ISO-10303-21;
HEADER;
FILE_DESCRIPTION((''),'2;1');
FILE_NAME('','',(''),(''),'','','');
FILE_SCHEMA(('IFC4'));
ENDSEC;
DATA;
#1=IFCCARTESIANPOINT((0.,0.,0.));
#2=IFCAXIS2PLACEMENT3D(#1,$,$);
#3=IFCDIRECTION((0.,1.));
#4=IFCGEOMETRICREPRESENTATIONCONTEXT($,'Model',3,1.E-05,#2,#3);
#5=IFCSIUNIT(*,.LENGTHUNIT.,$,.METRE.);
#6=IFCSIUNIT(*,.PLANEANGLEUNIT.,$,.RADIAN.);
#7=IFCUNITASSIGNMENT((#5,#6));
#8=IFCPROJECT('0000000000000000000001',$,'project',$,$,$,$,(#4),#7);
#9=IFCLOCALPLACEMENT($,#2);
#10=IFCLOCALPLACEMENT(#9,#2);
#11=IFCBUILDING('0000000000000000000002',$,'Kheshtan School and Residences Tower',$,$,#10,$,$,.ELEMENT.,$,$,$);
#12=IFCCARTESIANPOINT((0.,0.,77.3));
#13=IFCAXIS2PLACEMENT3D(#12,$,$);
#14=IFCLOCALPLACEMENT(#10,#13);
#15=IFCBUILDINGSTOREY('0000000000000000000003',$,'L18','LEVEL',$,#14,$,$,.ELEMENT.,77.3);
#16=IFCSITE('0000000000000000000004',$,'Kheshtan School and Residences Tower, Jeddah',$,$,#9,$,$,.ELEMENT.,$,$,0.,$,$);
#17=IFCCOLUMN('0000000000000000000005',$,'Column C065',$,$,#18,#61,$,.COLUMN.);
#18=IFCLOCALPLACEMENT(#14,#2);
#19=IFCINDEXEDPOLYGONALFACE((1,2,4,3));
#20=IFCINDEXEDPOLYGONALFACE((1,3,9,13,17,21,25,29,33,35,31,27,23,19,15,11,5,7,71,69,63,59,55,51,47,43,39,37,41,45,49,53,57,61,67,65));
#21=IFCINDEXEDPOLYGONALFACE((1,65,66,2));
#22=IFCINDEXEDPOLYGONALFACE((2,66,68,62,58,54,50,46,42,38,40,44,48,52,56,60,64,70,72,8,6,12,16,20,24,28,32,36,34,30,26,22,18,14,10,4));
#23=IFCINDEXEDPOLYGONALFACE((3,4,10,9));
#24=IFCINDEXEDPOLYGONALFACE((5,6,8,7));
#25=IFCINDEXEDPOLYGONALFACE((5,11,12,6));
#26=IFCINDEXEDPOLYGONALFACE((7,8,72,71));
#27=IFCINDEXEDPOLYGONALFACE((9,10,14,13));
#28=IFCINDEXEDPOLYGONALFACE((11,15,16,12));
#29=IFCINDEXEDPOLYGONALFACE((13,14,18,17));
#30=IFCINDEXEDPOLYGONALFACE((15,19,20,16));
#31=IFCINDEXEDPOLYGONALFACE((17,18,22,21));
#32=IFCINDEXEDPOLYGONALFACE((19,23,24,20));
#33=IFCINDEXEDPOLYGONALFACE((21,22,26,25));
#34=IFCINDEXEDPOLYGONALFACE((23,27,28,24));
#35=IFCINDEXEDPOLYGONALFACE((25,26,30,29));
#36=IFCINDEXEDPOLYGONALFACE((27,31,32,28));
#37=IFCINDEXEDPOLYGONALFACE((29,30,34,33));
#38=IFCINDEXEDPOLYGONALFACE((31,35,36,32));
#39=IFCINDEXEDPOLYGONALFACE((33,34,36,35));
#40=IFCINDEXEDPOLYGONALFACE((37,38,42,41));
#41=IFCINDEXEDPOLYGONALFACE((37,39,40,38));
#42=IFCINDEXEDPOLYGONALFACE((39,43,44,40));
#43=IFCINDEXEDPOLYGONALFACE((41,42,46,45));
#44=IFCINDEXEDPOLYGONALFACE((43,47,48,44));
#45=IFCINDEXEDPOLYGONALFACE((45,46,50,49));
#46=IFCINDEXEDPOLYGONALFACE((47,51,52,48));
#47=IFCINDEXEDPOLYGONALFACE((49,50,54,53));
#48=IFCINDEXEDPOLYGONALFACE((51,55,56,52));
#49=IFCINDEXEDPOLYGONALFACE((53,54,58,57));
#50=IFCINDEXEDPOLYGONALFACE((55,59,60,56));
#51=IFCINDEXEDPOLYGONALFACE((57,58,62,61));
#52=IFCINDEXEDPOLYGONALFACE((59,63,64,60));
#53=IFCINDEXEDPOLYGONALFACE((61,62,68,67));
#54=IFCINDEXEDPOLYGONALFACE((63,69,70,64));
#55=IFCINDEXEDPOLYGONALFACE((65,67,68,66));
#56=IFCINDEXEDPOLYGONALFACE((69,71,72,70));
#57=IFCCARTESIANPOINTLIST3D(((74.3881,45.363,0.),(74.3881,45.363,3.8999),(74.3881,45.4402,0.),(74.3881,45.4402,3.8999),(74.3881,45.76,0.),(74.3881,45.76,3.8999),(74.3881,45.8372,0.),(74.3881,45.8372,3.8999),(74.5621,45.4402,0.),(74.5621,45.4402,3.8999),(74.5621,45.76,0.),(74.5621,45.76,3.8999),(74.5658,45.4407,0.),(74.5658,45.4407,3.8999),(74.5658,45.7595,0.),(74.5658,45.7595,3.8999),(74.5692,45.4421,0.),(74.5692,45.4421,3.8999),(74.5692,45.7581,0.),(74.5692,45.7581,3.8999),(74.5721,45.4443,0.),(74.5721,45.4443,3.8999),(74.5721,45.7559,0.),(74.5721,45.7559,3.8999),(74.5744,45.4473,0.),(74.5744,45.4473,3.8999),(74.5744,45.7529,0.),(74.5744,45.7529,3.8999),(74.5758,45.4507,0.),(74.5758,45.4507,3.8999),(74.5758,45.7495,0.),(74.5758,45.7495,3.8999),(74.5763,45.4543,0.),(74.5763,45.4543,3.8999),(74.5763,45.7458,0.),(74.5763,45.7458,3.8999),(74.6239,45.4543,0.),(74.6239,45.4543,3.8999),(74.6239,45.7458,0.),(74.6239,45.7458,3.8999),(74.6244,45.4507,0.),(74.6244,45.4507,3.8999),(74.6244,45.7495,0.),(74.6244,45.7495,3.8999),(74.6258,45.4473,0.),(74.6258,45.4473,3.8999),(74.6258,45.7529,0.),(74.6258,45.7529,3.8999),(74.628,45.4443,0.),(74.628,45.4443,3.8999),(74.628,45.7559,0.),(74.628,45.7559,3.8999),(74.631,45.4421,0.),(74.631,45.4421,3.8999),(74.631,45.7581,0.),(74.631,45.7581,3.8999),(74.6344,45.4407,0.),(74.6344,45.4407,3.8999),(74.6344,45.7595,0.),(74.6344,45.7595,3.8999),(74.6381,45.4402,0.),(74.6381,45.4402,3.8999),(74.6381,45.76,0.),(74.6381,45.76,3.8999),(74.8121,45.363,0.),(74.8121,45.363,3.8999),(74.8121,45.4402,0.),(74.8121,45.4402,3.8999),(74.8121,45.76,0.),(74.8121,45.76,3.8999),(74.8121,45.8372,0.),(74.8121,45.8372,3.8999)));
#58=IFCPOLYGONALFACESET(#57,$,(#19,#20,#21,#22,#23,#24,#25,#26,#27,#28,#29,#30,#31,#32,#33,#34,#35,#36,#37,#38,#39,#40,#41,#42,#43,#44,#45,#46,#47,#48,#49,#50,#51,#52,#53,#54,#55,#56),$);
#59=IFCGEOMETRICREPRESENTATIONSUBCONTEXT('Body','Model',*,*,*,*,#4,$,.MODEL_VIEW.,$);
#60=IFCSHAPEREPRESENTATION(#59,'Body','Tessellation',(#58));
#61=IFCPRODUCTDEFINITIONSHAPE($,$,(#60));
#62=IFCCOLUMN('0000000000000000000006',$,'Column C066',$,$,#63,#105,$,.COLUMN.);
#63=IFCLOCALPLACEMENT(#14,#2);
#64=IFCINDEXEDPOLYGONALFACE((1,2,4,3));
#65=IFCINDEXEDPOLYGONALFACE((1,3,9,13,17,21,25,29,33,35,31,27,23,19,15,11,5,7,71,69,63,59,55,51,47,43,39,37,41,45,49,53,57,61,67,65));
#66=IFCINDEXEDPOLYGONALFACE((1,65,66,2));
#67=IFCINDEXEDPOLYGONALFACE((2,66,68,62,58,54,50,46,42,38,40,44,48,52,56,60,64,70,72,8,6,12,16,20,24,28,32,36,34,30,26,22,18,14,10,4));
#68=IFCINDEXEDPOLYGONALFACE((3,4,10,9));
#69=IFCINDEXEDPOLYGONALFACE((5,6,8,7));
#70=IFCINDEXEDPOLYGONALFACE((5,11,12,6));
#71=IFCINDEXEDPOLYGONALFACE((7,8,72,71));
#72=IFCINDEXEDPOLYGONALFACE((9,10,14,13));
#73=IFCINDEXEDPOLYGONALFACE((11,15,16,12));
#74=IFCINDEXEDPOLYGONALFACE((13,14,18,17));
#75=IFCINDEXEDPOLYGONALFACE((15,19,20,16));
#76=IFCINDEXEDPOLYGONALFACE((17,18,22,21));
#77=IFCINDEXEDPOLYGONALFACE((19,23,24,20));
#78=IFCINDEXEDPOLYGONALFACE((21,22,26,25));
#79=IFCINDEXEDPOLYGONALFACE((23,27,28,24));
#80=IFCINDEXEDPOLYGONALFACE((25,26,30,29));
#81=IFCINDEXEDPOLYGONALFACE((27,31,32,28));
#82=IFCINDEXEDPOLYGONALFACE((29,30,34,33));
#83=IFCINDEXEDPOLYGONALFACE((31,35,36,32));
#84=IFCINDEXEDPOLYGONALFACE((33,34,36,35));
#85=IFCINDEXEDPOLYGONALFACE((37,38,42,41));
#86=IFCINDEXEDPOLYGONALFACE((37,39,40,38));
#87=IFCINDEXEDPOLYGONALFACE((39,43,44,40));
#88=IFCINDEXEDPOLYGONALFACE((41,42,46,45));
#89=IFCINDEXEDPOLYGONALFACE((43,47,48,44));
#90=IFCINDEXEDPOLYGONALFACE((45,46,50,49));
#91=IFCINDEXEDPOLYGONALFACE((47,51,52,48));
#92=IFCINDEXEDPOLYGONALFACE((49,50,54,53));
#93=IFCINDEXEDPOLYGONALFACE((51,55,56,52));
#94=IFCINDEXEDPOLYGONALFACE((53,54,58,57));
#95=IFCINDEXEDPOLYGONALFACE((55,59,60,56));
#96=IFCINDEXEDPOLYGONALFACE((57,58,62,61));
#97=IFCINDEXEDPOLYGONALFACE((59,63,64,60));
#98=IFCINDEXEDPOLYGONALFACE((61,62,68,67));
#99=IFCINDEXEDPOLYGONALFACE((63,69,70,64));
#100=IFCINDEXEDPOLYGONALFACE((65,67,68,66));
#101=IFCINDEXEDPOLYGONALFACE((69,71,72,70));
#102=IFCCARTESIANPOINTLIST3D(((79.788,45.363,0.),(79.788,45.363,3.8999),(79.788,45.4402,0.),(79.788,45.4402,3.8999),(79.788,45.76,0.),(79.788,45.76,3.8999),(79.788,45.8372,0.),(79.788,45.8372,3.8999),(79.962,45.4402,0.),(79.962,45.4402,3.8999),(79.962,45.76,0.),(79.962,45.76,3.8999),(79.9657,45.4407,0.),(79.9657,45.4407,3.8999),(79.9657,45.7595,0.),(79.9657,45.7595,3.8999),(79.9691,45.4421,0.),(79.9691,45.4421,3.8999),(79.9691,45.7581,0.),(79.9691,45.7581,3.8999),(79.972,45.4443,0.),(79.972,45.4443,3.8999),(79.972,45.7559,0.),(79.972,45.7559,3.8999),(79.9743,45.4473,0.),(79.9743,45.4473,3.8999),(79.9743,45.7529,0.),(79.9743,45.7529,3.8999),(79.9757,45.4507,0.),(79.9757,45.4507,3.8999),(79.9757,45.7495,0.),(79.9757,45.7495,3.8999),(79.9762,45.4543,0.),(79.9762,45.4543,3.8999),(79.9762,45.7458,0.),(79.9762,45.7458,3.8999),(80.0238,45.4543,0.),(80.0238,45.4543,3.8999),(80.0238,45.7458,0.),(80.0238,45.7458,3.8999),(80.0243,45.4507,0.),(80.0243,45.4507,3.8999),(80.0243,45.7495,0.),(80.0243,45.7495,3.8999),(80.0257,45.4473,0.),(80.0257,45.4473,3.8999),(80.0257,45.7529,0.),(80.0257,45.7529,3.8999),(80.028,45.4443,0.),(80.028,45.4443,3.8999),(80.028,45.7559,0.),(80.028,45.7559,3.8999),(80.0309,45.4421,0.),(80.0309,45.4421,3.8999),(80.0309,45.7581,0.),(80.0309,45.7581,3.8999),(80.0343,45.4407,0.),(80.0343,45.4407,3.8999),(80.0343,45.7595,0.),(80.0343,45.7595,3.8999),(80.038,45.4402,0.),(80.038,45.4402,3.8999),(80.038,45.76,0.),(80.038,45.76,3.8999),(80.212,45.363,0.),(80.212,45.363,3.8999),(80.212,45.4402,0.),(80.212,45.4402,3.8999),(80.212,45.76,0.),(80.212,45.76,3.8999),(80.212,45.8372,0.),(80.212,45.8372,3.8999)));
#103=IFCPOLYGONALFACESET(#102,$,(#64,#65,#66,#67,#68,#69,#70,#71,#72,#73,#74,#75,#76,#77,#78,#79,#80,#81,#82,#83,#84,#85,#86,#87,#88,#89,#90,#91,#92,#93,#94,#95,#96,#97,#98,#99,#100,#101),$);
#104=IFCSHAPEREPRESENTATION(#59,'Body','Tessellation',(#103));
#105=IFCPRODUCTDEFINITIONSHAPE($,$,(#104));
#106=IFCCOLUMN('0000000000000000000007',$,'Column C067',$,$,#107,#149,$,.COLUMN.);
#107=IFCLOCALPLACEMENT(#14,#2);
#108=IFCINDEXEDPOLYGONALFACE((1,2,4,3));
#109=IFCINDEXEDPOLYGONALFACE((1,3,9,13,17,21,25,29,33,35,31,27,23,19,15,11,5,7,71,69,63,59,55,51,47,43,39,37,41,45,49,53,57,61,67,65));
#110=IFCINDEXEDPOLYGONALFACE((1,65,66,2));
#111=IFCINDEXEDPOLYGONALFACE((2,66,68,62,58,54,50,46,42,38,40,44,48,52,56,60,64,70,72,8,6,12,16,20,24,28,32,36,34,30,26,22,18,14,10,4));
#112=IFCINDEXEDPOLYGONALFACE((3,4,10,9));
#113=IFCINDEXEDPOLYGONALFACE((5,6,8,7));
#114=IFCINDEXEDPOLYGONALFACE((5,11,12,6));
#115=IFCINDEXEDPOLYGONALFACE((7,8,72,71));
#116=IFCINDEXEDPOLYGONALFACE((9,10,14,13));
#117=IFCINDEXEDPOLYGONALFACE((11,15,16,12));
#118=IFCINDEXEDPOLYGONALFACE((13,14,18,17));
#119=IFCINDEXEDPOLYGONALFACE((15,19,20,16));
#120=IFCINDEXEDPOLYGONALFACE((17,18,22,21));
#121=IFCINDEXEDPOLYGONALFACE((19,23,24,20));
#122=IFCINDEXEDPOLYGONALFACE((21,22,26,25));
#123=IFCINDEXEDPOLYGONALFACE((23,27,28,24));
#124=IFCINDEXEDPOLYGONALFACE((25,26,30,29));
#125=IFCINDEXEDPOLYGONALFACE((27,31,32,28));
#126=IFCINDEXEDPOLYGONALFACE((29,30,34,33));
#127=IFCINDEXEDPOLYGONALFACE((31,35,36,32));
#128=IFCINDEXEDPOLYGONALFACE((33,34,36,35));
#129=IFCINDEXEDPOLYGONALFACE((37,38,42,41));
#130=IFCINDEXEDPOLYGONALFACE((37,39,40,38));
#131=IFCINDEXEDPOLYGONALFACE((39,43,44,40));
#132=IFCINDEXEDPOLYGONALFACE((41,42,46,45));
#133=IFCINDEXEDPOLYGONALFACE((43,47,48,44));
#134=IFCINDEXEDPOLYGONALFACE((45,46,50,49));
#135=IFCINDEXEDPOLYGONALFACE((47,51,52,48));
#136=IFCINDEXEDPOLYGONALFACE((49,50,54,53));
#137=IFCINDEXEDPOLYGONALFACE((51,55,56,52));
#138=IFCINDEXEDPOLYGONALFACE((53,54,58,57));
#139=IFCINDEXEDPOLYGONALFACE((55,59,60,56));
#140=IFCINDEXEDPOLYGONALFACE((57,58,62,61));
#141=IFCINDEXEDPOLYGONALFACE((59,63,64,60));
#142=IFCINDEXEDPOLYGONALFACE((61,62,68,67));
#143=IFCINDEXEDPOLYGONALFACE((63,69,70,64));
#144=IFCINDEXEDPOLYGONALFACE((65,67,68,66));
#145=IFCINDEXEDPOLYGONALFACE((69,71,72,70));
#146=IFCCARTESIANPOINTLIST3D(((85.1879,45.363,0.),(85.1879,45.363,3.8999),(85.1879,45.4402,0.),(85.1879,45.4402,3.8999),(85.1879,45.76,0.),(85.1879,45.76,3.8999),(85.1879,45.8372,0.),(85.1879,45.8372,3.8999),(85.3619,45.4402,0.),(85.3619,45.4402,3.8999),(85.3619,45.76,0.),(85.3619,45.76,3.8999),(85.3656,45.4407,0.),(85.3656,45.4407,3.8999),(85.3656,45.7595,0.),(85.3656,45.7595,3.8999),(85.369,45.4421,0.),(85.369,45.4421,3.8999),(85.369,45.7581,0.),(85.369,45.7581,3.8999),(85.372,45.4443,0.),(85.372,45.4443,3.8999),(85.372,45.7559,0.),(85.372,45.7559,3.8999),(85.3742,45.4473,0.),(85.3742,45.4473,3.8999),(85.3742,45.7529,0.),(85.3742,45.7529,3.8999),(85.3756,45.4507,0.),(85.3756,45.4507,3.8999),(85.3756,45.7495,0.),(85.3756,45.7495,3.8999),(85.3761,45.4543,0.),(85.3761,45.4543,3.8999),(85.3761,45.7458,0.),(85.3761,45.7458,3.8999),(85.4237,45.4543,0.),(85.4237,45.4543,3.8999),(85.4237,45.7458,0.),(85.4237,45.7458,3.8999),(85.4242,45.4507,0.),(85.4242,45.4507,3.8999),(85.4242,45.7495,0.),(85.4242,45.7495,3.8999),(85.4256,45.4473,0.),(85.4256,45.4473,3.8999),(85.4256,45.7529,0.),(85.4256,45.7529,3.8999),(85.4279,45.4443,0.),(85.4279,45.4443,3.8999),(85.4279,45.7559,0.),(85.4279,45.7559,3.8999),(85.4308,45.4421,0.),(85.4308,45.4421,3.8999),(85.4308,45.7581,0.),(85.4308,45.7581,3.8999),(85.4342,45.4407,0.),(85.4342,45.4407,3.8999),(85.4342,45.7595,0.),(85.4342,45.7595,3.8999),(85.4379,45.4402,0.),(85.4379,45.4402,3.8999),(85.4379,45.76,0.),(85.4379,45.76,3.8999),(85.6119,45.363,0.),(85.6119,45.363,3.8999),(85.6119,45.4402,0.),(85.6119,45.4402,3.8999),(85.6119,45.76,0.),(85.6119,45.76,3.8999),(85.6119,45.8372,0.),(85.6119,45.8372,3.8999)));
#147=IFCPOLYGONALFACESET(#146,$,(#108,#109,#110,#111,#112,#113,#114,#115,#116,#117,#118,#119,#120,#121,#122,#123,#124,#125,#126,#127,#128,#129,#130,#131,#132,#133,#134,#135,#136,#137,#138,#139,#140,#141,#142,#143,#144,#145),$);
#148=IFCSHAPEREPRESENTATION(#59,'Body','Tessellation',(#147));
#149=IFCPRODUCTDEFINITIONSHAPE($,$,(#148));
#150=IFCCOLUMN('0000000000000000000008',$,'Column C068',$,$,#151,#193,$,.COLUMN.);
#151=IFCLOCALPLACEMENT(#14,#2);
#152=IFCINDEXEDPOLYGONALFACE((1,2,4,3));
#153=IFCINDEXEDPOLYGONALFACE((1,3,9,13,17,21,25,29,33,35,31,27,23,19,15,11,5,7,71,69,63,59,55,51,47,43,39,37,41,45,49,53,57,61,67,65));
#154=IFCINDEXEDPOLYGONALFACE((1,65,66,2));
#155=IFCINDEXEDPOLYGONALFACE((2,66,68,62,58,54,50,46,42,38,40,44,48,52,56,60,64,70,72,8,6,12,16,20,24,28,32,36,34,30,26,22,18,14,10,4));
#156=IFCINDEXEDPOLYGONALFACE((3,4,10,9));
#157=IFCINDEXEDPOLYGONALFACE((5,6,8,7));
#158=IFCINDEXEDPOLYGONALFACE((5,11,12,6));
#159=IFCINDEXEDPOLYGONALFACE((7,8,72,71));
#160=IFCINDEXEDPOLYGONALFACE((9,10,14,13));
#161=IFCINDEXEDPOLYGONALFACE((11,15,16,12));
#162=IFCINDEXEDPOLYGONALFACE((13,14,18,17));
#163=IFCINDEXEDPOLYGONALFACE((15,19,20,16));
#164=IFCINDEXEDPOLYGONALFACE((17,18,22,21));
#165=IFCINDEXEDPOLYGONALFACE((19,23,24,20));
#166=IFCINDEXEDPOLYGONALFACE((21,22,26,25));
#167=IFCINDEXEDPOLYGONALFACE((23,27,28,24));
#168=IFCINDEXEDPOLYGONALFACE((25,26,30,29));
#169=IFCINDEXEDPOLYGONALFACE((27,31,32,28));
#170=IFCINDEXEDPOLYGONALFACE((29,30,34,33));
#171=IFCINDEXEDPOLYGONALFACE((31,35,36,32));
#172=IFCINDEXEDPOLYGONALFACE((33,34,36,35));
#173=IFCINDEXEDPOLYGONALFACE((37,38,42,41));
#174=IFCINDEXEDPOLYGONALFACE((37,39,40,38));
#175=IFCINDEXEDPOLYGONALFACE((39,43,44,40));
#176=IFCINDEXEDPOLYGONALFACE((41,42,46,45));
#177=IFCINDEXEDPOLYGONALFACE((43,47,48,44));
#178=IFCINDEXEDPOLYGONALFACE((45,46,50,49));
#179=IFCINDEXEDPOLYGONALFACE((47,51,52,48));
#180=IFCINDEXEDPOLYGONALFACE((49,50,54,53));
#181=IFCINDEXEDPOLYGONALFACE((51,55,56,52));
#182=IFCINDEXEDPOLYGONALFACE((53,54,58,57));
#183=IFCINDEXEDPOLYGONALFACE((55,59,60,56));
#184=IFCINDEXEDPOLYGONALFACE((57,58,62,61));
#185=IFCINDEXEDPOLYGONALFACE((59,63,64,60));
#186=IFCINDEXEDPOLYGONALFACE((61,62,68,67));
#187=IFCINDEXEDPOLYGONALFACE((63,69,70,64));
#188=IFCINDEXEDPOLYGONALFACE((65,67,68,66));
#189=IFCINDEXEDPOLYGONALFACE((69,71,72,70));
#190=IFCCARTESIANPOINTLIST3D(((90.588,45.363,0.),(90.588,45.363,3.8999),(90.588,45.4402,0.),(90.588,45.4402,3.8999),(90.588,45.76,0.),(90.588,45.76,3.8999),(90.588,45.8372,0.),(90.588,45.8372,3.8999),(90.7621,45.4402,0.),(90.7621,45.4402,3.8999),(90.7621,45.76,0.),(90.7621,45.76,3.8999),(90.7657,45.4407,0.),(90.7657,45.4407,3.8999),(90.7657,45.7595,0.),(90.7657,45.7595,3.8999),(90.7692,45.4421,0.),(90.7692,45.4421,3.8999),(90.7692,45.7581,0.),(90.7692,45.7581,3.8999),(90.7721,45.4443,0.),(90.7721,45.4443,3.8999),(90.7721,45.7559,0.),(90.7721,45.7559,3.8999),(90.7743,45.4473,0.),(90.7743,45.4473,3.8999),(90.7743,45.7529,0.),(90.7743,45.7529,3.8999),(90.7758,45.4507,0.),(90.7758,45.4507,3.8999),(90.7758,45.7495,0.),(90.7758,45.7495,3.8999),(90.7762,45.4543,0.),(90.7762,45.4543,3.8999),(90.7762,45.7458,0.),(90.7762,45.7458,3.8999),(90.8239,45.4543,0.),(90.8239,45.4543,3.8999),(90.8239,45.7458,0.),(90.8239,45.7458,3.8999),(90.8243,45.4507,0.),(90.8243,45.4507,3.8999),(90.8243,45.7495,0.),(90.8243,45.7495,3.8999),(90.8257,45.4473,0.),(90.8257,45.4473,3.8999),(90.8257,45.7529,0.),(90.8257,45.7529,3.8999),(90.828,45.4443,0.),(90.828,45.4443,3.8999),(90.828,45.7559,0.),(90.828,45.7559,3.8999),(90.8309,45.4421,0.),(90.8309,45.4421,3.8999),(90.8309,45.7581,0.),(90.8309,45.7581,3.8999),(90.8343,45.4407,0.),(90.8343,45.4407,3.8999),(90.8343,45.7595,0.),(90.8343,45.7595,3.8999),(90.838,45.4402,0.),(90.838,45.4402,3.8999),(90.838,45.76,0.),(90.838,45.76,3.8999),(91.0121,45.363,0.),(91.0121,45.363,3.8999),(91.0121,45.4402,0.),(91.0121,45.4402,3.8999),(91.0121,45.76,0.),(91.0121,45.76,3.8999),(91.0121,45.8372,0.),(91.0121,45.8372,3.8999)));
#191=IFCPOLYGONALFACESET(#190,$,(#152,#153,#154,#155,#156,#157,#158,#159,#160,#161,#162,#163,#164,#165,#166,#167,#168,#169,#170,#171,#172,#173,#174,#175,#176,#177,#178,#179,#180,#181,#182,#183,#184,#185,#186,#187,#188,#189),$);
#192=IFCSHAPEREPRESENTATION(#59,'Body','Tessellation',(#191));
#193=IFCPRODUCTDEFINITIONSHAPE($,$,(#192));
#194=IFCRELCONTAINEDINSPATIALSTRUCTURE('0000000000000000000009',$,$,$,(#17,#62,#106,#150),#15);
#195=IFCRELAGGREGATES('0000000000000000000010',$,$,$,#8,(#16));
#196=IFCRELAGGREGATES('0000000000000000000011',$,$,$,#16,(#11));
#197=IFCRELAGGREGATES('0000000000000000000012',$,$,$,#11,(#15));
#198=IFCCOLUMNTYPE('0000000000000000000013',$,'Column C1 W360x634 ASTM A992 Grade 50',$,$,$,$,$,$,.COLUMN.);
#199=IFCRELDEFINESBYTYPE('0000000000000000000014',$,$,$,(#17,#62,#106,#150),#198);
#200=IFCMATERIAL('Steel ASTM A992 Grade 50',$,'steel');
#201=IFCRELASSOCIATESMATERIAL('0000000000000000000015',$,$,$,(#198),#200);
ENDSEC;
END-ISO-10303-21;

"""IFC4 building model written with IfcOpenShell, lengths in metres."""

from ifc_helpers import new_model, si_unit, direction, frame, origin, origin_2d, place, context, subcontext, project, spatial, i_section, extrude, material, material_profile, profile_set, type_object, element, save


model = new_model("IFC4")

# Units and contexts
model_context = context("Model", 3, precision=1e-05, world=origin(), true_north=direction((0.0, 1.0)))
body_context = subcontext(model_context, "Body", "Model", "MODEL_VIEW")
ifc_project = project(units=[si_unit("LENGTHUNIT", "METRE"), si_unit("PLANEANGLEUNIT", "RADIAN")], contexts=[model_context])

# Site, building, storey
site_placement = place(None, origin())
site = spatial("IfcSite", under=ifc_project, at=site_placement, Name="Kheshtan School and Residences Tower, Jeddah", CompositionType="ELEMENT", RefElevation=0.0)
building_placement = place(site_placement, origin())
building = spatial("IfcBuilding", under=site, at=building_placement, Name="Kheshtan School and Residences Tower", CompositionType="ELEMENT")
storey_placement = place(building_placement, frame((0.0, 0.0, 77.3)))
storey = spatial("IfcBuildingStorey", under=building, at=storey_placement, Name="L18", Description="LEVEL", CompositionType="ELEMENT", Elevation=77.3)

# Columns
ifc_material_1 = material(Name="Steel ASTM A992 Grade 50", Category="steel")
ifc_material_profile_1 = material_profile(ifc_material_1, i_section(OverallWidth=0.4241, OverallDepth=0.4741, WebThickness=0.0476, FlangeThickness=0.0771, FilletRadius=0.0142, at=origin_2d()), Name="W360x634")
ifc_profile_set_1 = profile_set([ifc_material_profile_1], Name="Steel ASTM A992 Grade 50")
column_type = type_object("IfcColumnType", Name="Column C1 W360x634 ASTM A992 Grade 50", PredefinedType="COLUMN", material=ifc_profile_set_1)
for number, where, z_axis, x_axis, name in (
    (1, (74.6001, 45.6001, 0.0), (0.0, 0.0, 1.0), (1.0, 0.0, 0.0), "Column C065"),
    (2, (80.0, 45.6001, 0.0), (0.0, 0.0, 1.0), (1.0, 0.0, 0.0), "Column C066"),
    (3, (85.3999, 45.6001, 0.0), (0.0, 0.0, 1.0), (1.0, 0.0, 0.0), "Column C067"),
    (4, (90.8, 45.6001, 0.0), (0.0, 0.0, 1.0), (1.0, 0.0, 0.0), "Column C068"),
):
    element("IfcColumn", number, at=place(storey_placement, frame(where, z_axis=z_axis, x_axis=x_axis)), inside=storey, type_object=column_type, Name=name, PredefinedType="COLUMN", context=body_context, shape_type="SweptSolid", body=[
        extrude(i_section(OverallWidth=0.4241, OverallDepth=0.4741, WebThickness=0.0476, FlangeThickness=0.0771, FilletRadius=0.0142, at=origin_2d()), origin(), (0.0, 0.0, 1.0), 3.8999),
    ])

save(model, "model.ifc")
